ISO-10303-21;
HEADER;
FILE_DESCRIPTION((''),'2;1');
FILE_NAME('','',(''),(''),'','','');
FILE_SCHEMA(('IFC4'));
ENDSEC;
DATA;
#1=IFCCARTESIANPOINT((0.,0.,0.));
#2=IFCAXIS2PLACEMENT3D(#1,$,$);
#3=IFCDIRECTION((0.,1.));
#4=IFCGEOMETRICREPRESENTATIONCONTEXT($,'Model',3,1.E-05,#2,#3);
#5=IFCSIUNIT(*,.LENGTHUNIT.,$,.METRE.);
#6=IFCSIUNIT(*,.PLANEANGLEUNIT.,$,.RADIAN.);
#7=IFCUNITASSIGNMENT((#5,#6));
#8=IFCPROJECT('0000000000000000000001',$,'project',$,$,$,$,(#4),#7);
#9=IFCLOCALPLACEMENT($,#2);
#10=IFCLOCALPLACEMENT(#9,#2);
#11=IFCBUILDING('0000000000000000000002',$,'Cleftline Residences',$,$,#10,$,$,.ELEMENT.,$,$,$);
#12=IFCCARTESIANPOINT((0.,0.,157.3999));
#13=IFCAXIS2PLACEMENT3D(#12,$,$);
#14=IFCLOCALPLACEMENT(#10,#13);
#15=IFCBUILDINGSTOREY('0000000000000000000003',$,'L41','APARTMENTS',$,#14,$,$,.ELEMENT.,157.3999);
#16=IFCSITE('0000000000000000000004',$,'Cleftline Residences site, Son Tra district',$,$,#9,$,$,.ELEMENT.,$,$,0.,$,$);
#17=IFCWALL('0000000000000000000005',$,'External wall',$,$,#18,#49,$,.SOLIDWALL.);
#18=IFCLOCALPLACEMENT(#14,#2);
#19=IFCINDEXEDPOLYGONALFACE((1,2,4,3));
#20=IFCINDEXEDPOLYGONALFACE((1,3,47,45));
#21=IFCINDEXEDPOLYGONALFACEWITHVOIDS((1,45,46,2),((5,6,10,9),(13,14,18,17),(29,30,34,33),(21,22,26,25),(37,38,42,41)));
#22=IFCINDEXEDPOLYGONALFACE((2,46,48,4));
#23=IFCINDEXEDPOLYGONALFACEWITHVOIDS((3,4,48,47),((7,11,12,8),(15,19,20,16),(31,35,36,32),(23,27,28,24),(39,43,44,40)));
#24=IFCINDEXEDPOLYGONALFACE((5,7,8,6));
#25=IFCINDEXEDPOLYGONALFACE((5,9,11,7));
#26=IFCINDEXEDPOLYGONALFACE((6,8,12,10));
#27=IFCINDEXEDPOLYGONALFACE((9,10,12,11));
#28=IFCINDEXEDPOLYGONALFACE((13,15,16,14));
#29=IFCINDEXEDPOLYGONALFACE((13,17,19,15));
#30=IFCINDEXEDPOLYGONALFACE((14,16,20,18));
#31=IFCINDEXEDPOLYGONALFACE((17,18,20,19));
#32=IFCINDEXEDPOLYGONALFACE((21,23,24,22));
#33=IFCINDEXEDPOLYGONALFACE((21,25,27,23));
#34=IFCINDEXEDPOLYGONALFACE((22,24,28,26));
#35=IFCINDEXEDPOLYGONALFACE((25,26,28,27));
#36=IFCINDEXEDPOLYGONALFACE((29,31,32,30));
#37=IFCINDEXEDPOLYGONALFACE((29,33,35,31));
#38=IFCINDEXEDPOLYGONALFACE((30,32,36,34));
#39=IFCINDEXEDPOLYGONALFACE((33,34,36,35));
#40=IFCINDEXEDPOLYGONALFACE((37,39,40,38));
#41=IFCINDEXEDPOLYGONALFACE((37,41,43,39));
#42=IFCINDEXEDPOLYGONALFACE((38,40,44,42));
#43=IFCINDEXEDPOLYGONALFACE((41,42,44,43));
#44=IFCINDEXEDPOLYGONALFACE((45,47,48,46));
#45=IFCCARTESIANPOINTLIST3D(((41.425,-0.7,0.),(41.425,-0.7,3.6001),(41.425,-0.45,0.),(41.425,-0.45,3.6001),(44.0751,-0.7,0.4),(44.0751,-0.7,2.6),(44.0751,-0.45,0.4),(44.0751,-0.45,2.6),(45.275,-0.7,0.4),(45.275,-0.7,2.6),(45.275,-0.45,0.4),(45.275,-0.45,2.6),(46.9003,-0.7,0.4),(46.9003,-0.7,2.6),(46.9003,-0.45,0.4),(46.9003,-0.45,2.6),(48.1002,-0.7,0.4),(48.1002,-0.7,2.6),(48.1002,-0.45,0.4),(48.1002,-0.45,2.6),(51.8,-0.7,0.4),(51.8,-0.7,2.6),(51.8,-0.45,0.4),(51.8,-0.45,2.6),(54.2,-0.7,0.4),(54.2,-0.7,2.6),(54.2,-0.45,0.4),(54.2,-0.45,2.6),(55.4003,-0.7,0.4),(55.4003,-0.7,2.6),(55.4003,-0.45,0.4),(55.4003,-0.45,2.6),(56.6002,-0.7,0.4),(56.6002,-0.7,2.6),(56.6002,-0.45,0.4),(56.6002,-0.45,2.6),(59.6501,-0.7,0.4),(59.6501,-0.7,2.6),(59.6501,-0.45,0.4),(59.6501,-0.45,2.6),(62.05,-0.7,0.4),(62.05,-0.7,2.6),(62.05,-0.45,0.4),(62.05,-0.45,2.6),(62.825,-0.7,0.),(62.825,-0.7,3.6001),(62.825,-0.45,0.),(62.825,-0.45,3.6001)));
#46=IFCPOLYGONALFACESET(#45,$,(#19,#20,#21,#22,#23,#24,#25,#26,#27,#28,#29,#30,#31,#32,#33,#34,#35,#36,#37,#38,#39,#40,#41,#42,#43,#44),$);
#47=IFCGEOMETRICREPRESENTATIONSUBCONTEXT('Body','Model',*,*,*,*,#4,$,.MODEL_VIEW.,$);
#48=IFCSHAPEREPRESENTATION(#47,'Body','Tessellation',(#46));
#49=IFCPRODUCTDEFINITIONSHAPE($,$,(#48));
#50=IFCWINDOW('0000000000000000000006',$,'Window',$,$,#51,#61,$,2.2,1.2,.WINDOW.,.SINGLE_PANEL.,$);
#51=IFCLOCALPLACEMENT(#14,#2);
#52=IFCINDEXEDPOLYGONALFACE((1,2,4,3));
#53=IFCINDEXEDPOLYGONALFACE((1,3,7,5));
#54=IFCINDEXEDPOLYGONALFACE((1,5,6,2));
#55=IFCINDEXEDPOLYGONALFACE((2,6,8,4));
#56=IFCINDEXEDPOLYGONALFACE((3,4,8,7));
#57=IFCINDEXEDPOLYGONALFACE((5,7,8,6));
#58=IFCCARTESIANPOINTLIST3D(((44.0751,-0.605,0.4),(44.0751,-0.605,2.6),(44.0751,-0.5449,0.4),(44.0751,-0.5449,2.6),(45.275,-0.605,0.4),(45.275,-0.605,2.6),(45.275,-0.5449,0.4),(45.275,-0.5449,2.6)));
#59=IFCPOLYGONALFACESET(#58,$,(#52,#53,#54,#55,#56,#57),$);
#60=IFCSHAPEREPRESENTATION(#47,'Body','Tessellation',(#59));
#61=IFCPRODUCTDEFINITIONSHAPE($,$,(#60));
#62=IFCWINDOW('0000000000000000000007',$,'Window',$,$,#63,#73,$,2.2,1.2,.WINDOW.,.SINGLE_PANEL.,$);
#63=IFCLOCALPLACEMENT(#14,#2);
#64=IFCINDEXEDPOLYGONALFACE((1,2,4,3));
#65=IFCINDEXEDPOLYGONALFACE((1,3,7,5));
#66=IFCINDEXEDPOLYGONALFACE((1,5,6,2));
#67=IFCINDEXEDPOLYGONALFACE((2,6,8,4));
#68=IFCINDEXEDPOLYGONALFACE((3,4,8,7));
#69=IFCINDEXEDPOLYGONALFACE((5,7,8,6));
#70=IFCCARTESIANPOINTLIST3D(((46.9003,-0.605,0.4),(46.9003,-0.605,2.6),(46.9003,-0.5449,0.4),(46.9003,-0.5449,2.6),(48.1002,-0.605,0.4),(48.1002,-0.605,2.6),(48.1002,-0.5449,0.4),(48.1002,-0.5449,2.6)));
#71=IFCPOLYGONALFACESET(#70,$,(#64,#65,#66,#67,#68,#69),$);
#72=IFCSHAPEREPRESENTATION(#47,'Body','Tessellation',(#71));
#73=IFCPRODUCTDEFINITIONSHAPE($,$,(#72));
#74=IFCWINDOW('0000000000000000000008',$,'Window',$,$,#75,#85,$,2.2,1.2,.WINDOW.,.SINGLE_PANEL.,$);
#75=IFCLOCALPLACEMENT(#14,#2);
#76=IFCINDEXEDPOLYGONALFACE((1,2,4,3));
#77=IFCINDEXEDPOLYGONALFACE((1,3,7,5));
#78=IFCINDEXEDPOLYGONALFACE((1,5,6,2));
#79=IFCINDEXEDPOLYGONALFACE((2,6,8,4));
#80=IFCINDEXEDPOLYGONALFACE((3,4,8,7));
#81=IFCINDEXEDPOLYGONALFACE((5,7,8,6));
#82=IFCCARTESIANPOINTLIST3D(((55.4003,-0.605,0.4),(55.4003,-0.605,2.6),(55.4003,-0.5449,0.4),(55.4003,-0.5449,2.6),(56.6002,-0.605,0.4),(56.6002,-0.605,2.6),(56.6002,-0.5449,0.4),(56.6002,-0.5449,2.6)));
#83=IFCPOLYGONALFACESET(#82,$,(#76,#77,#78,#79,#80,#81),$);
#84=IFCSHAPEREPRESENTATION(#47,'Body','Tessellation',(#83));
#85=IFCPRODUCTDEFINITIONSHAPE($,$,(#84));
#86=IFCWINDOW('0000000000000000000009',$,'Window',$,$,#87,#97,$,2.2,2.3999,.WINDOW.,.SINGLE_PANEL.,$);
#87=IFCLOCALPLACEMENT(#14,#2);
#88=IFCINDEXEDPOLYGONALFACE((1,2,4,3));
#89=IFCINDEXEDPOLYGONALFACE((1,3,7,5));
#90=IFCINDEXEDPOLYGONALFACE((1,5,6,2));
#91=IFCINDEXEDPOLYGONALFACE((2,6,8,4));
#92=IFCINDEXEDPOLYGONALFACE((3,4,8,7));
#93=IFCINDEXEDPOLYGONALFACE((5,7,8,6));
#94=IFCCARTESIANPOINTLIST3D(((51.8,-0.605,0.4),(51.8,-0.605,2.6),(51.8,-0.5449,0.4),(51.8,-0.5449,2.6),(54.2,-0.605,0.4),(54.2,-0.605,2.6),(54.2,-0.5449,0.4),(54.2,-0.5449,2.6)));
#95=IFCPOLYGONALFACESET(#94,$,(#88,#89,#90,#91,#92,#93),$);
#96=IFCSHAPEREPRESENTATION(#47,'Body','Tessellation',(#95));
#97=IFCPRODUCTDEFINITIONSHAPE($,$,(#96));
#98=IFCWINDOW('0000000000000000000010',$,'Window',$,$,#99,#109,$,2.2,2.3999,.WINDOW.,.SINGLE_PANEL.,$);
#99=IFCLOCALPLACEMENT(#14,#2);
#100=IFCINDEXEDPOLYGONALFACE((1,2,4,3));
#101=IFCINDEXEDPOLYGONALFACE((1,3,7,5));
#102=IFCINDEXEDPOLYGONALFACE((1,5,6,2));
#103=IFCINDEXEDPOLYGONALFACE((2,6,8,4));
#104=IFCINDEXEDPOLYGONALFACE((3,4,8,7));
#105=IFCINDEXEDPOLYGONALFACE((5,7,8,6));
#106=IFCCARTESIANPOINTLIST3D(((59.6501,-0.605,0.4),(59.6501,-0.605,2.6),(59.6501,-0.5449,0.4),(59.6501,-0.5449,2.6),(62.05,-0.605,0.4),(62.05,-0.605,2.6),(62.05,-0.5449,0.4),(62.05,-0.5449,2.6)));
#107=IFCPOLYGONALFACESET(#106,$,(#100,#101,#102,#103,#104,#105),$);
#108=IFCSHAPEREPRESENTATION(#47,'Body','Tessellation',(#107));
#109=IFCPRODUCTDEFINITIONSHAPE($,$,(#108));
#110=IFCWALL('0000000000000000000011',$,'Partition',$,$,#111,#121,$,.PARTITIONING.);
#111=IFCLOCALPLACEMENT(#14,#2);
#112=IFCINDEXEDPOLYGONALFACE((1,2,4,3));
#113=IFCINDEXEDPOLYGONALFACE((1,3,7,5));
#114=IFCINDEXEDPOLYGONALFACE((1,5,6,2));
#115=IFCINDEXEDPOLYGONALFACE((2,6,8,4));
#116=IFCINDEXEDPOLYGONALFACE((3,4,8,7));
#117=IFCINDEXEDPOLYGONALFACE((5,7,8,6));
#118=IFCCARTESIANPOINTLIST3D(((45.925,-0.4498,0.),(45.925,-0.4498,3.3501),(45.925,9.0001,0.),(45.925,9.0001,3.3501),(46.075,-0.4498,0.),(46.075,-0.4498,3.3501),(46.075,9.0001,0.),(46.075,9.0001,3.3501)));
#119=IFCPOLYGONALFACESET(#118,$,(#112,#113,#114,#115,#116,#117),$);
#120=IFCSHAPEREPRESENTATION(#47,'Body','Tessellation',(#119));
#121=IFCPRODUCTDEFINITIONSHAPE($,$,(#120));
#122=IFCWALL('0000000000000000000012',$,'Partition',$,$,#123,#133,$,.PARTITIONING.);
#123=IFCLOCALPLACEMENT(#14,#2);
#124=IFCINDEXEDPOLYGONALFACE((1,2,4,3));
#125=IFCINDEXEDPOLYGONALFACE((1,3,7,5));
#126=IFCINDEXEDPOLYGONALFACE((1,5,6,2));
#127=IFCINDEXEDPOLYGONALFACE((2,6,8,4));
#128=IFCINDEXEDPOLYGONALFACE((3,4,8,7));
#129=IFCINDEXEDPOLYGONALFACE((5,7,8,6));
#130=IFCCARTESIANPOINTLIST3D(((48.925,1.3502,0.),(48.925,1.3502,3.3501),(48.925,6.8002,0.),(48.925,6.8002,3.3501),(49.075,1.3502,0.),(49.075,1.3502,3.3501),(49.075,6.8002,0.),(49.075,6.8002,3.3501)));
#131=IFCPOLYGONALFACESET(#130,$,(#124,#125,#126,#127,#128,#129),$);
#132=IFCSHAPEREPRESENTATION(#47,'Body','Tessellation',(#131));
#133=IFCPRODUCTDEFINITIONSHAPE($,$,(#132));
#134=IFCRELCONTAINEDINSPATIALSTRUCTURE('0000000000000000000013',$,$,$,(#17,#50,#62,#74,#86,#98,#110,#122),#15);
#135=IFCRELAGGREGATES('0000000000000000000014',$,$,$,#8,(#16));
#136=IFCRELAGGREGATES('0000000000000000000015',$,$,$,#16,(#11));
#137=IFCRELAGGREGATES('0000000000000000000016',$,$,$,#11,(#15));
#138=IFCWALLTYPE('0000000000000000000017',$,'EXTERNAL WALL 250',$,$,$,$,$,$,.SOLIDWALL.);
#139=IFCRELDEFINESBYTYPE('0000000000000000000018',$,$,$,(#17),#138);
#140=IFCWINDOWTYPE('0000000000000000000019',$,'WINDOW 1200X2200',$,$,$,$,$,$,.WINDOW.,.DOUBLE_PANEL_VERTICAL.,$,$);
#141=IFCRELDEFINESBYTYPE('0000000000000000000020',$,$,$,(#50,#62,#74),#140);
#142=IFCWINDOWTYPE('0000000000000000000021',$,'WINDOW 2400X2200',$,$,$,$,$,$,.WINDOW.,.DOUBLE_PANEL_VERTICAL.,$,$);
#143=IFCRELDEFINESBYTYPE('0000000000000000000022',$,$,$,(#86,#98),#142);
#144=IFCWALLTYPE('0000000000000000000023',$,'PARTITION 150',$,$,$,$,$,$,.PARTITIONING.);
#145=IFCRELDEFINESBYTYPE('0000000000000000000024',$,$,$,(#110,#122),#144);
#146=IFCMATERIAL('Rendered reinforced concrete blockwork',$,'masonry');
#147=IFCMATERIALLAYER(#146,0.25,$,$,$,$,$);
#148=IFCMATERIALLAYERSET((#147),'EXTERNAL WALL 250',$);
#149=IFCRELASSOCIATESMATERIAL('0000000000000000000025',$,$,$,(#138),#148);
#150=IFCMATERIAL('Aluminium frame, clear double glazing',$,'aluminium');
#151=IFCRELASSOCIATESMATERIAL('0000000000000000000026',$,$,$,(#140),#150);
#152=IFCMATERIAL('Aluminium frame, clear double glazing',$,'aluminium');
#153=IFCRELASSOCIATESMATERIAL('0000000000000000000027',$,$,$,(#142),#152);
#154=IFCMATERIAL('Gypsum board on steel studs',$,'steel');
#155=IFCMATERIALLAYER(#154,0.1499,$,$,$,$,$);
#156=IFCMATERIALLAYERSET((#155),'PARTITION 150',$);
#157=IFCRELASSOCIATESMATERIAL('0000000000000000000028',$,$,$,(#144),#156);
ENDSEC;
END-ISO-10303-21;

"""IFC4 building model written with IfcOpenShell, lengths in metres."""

from ifc_helpers import new_model, si_unit, direction, frame, frame_2d, origin, place, context, subcontext, project, spatial, rectangle, extrude, material, layer, layer_set, type_object, element, fill, save


model = new_model("IFC4")

# Units and contexts
model_context = context("Model", 3, precision=1e-05, world=origin(), true_north=direction((0.0, 1.0)))
body_context = subcontext(model_context, "Body", "Model", "MODEL_VIEW")
ifc_project = project(units=[si_unit("LENGTHUNIT", "METRE"), si_unit("PLANEANGLEUNIT", "RADIAN")], contexts=[model_context])

# Site, building, storey
site_placement = place(None, origin())
site = spatial("IfcSite", under=ifc_project, at=site_placement, Name="Cleftline Residences site, Son Tra district", CompositionType="ELEMENT", RefElevation=0.0)
building_placement = place(site_placement, origin())
building = spatial("IfcBuilding", under=site, at=building_placement, Name="Cleftline Residences", CompositionType="ELEMENT")
storey_placement = place(building_placement, frame((0.0, 0.0, 157.3999)))
storey = spatial("IfcBuildingStorey", under=building, at=storey_placement, Name="L41", Description="APARTMENTS", CompositionType="ELEMENT", Elevation=157.3999)

# Wall, openings, windows
ifc_material_1 = material(Name="Rendered reinforced concrete blockwork", Category="masonry")
ifc_layer_1 = layer(ifc_material_1, 0.25)
ifc_layer_set_1 = layer_set([ifc_layer_1], Name="EXTERNAL WALL 250")
wall_type_1 = type_object("IfcWallType", Name="EXTERNAL WALL 250", PredefinedType="SOLIDWALL", material=ifc_layer_set_1)
wall_1_placement = place(storey_placement, frame((41.425, -0.575, 0.0), z_axis=(0.0, 0.0, 1.0), x_axis=(1.0, 0.0, 0.0)))
wall_1 = element("IfcWall", 1, at=wall_1_placement, inside=storey, type_object=wall_type_1, Name="External wall", PredefinedType="SOLIDWALL", context=body_context, shape_type="SweptSolid", body=[
    extrude(rectangle(XDim=21.3999, YDim=0.25, at=frame_2d((10.7, 0.0))), origin(), (0.0, 0.0, 1.0), 3.6001),
])
opening_1_placement = place(wall_1_placement, frame((2.6499, 0.0, 0.3999)))
opening_1 = element("IfcOpeningElement", 2, at=opening_1_placement, cuts=wall_1, PredefinedType="OPENING", context=body_context, shape_type="SweptSolid", body=[
    extrude(rectangle(XDim=1.2, YDim=2.2, at=frame_2d((0.6001, 1.1001))), frame((0.0, 0.135, 0.0), z_axis=(0.0, -1.0, 0.0), x_axis=(1.0, 0.0, 0.0)), (0.0, 0.0, 1.0), 0.27),
])
opening_2_placement = place(wall_1_placement, frame((5.4751, 0.0, 0.3999)))
opening_2 = element("IfcOpeningElement", 3, at=opening_2_placement, cuts=wall_1, PredefinedType="OPENING", context=body_context, shape_type="SweptSolid", body=[
    extrude(rectangle(XDim=1.2, YDim=2.2, at=frame_2d((0.6001, 1.1001))), frame((0.0, 0.135, 0.0), z_axis=(0.0, -1.0, 0.0), x_axis=(1.0, 0.0, 0.0)), (0.0, 0.0, 1.0), 0.27),
])
opening_3_placement = place(wall_1_placement, frame((10.375, 0.0, 0.3999)))
opening_3 = element("IfcOpeningElement", 4, at=opening_3_placement, cuts=wall_1, PredefinedType="OPENING", context=body_context, shape_type="SweptSolid", body=[
    extrude(rectangle(XDim=2.3999, YDim=2.2, at=frame_2d((1.2, 1.1001))), frame((0.0, 0.135, 0.0), z_axis=(0.0, -1.0, 0.0), x_axis=(1.0, 0.0, 0.0)), (0.0, 0.0, 1.0), 0.27),
])
opening_4_placement = place(wall_1_placement, frame((13.9751, 0.0, 0.3999)))
opening_4 = element("IfcOpeningElement", 5, at=opening_4_placement, cuts=wall_1, PredefinedType="OPENING", context=body_context, shape_type="SweptSolid", body=[
    extrude(rectangle(XDim=1.2, YDim=2.2, at=frame_2d((0.6001, 1.1001))), frame((0.0, 0.135, 0.0), z_axis=(0.0, -1.0, 0.0), x_axis=(1.0, 0.0, 0.0)), (0.0, 0.0, 1.0), 0.27),
])
opening_5_placement = place(wall_1_placement, frame((18.2251, 0.0, 0.3999)))
opening_5 = element("IfcOpeningElement", 6, at=opening_5_placement, cuts=wall_1, PredefinedType="OPENING", context=body_context, shape_type="SweptSolid", body=[
    extrude(rectangle(XDim=2.3999, YDim=2.2, at=frame_2d((1.2, 1.1001))), frame((0.0, 0.135, 0.0), z_axis=(0.0, -1.0, 0.0), x_axis=(1.0, 0.0, 0.0)), (0.0, 0.0, 1.0), 0.27),
])
ifc_material_2 = material(Name="Aluminium frame, clear double glazing", Category="aluminium")
window_type_1 = type_object("IfcWindowType", Name="WINDOW 1200X2200", PartitioningType="DOUBLE_PANEL_VERTICAL", PredefinedType="WINDOW", material=ifc_material_2)
window_1_placement = place(opening_1_placement, origin())
window_1 = element("IfcWindow", 7, at=window_1_placement, inside=storey, type_object=window_type_1, Name="Window", OverallHeight=2.2, OverallWidth=1.2, PartitioningType="SINGLE_PANEL", PredefinedType="WINDOW", context=body_context, shape_type="SweptSolid", body=[
    extrude(rectangle(XDim=1.2, YDim=2.2, at=frame_2d((0.6001, 1.1001))), frame((0.0, 0.03, 0.0), z_axis=(0.0, -1.0, 0.0), x_axis=(1.0, 0.0, 0.0)), (0.0, 0.0, 1.0), 0.0601),
])
fill(opening_1, window_1)
window_2_placement = place(opening_2_placement, origin())
window_2 = element("IfcWindow", 8, at=window_2_placement, inside=storey, type_object=window_type_1, Name="Window", OverallHeight=2.2, OverallWidth=1.2, PartitioningType="SINGLE_PANEL", PredefinedType="WINDOW", context=body_context, shape_type="SweptSolid", body=[
    extrude(rectangle(XDim=1.2, YDim=2.2, at=frame_2d((0.6001, 1.1001))), frame((0.0, 0.03, 0.0), z_axis=(0.0, -1.0, 0.0), x_axis=(1.0, 0.0, 0.0)), (0.0, 0.0, 1.0), 0.0601),
])
fill(opening_2, window_2)
window_3_placement = place(opening_4_placement, origin())
window_3 = element("IfcWindow", 9, at=window_3_placement, inside=storey, type_object=window_type_1, Name="Window", OverallHeight=2.2, OverallWidth=1.2, PartitioningType="SINGLE_PANEL", PredefinedType="WINDOW", context=body_context, shape_type="SweptSolid", body=[
    extrude(rectangle(XDim=1.2, YDim=2.2, at=frame_2d((0.6001, 1.1001))), frame((0.0, 0.03, 0.0), z_axis=(0.0, -1.0, 0.0), x_axis=(1.0, 0.0, 0.0)), (0.0, 0.0, 1.0), 0.0601),
])
fill(opening_4, window_3)
ifc_material_3 = material(Name="Aluminium frame, clear double glazing", Category="aluminium")
window_type_2 = type_object("IfcWindowType", Name="WINDOW 2400X2200", PartitioningType="DOUBLE_PANEL_VERTICAL", PredefinedType="WINDOW", material=ifc_material_3)
window_4_placement = place(opening_3_placement, origin())
window_4 = element("IfcWindow", 10, at=window_4_placement, inside=storey, type_object=window_type_2, Name="Window", OverallHeight=2.2, OverallWidth=2.3999, PartitioningType="SINGLE_PANEL", PredefinedType="WINDOW", context=body_context, shape_type="SweptSolid", body=[
    extrude(rectangle(XDim=2.3999, YDim=2.2, at=frame_2d((1.2, 1.1001))), frame((0.0, 0.03, 0.0), z_axis=(0.0, -1.0, 0.0), x_axis=(1.0, 0.0, 0.0)), (0.0, 0.0, 1.0), 0.0601),
])
fill(opening_3, window_4)
window_5_placement = place(opening_5_placement, origin())
window_5 = element("IfcWindow", 11, at=window_5_placement, inside=storey, type_object=window_type_2, Name="Window", OverallHeight=2.2, OverallWidth=2.3999, PartitioningType="SINGLE_PANEL", PredefinedType="WINDOW", context=body_context, shape_type="SweptSolid", body=[
    extrude(rectangle(XDim=2.3999, YDim=2.2, at=frame_2d((1.2, 1.1001))), frame((0.0, 0.03, 0.0), z_axis=(0.0, -1.0, 0.0), x_axis=(1.0, 0.0, 0.0)), (0.0, 0.0, 1.0), 0.0601),
])
fill(opening_5, window_5)

# Walls
ifc_material_4 = material(Name="Gypsum board on steel studs", Category="steel")
ifc_layer_2 = layer(ifc_material_4, 0.1499)
ifc_layer_set_2 = layer_set([ifc_layer_2], Name="PARTITION 150")
wall_type_2 = type_object("IfcWallType", Name="PARTITION 150", PredefinedType="PARTITIONING", material=ifc_layer_set_2)
wall_2_placement = place(storey_placement, frame((46.0, -0.45, 0.0), z_axis=(0.0, 0.0, 1.0), x_axis=(0.0, 1.0, 0.0)))
element("IfcWall", 12, at=wall_2_placement, inside=storey, type_object=wall_type_2, Name="Partition", PredefinedType="PARTITIONING", context=body_context, shape_type="SweptSolid", body=[
    extrude(rectangle(XDim=9.45, YDim=0.1499, at=frame_2d((4.7251, 0.0))), origin(), (0.0, 0.0, 1.0), 3.3501),
])
wall_3_placement = place(storey_placement, frame((49.0, 1.3501, 0.0), z_axis=(0.0, 0.0, 1.0), x_axis=(0.0, 1.0, 0.0)))
element("IfcWall", 13, at=wall_3_placement, inside=storey, type_object=wall_type_2, Name="Partition", PredefinedType="PARTITIONING", context=body_context, shape_type="SweptSolid", body=[
    extrude(rectangle(XDim=5.45, YDim=0.1499, at=frame_2d((2.7251, 0.0))), origin(), (0.0, 0.0, 1.0), 3.3501),
])

save(model, "model.ifc")
